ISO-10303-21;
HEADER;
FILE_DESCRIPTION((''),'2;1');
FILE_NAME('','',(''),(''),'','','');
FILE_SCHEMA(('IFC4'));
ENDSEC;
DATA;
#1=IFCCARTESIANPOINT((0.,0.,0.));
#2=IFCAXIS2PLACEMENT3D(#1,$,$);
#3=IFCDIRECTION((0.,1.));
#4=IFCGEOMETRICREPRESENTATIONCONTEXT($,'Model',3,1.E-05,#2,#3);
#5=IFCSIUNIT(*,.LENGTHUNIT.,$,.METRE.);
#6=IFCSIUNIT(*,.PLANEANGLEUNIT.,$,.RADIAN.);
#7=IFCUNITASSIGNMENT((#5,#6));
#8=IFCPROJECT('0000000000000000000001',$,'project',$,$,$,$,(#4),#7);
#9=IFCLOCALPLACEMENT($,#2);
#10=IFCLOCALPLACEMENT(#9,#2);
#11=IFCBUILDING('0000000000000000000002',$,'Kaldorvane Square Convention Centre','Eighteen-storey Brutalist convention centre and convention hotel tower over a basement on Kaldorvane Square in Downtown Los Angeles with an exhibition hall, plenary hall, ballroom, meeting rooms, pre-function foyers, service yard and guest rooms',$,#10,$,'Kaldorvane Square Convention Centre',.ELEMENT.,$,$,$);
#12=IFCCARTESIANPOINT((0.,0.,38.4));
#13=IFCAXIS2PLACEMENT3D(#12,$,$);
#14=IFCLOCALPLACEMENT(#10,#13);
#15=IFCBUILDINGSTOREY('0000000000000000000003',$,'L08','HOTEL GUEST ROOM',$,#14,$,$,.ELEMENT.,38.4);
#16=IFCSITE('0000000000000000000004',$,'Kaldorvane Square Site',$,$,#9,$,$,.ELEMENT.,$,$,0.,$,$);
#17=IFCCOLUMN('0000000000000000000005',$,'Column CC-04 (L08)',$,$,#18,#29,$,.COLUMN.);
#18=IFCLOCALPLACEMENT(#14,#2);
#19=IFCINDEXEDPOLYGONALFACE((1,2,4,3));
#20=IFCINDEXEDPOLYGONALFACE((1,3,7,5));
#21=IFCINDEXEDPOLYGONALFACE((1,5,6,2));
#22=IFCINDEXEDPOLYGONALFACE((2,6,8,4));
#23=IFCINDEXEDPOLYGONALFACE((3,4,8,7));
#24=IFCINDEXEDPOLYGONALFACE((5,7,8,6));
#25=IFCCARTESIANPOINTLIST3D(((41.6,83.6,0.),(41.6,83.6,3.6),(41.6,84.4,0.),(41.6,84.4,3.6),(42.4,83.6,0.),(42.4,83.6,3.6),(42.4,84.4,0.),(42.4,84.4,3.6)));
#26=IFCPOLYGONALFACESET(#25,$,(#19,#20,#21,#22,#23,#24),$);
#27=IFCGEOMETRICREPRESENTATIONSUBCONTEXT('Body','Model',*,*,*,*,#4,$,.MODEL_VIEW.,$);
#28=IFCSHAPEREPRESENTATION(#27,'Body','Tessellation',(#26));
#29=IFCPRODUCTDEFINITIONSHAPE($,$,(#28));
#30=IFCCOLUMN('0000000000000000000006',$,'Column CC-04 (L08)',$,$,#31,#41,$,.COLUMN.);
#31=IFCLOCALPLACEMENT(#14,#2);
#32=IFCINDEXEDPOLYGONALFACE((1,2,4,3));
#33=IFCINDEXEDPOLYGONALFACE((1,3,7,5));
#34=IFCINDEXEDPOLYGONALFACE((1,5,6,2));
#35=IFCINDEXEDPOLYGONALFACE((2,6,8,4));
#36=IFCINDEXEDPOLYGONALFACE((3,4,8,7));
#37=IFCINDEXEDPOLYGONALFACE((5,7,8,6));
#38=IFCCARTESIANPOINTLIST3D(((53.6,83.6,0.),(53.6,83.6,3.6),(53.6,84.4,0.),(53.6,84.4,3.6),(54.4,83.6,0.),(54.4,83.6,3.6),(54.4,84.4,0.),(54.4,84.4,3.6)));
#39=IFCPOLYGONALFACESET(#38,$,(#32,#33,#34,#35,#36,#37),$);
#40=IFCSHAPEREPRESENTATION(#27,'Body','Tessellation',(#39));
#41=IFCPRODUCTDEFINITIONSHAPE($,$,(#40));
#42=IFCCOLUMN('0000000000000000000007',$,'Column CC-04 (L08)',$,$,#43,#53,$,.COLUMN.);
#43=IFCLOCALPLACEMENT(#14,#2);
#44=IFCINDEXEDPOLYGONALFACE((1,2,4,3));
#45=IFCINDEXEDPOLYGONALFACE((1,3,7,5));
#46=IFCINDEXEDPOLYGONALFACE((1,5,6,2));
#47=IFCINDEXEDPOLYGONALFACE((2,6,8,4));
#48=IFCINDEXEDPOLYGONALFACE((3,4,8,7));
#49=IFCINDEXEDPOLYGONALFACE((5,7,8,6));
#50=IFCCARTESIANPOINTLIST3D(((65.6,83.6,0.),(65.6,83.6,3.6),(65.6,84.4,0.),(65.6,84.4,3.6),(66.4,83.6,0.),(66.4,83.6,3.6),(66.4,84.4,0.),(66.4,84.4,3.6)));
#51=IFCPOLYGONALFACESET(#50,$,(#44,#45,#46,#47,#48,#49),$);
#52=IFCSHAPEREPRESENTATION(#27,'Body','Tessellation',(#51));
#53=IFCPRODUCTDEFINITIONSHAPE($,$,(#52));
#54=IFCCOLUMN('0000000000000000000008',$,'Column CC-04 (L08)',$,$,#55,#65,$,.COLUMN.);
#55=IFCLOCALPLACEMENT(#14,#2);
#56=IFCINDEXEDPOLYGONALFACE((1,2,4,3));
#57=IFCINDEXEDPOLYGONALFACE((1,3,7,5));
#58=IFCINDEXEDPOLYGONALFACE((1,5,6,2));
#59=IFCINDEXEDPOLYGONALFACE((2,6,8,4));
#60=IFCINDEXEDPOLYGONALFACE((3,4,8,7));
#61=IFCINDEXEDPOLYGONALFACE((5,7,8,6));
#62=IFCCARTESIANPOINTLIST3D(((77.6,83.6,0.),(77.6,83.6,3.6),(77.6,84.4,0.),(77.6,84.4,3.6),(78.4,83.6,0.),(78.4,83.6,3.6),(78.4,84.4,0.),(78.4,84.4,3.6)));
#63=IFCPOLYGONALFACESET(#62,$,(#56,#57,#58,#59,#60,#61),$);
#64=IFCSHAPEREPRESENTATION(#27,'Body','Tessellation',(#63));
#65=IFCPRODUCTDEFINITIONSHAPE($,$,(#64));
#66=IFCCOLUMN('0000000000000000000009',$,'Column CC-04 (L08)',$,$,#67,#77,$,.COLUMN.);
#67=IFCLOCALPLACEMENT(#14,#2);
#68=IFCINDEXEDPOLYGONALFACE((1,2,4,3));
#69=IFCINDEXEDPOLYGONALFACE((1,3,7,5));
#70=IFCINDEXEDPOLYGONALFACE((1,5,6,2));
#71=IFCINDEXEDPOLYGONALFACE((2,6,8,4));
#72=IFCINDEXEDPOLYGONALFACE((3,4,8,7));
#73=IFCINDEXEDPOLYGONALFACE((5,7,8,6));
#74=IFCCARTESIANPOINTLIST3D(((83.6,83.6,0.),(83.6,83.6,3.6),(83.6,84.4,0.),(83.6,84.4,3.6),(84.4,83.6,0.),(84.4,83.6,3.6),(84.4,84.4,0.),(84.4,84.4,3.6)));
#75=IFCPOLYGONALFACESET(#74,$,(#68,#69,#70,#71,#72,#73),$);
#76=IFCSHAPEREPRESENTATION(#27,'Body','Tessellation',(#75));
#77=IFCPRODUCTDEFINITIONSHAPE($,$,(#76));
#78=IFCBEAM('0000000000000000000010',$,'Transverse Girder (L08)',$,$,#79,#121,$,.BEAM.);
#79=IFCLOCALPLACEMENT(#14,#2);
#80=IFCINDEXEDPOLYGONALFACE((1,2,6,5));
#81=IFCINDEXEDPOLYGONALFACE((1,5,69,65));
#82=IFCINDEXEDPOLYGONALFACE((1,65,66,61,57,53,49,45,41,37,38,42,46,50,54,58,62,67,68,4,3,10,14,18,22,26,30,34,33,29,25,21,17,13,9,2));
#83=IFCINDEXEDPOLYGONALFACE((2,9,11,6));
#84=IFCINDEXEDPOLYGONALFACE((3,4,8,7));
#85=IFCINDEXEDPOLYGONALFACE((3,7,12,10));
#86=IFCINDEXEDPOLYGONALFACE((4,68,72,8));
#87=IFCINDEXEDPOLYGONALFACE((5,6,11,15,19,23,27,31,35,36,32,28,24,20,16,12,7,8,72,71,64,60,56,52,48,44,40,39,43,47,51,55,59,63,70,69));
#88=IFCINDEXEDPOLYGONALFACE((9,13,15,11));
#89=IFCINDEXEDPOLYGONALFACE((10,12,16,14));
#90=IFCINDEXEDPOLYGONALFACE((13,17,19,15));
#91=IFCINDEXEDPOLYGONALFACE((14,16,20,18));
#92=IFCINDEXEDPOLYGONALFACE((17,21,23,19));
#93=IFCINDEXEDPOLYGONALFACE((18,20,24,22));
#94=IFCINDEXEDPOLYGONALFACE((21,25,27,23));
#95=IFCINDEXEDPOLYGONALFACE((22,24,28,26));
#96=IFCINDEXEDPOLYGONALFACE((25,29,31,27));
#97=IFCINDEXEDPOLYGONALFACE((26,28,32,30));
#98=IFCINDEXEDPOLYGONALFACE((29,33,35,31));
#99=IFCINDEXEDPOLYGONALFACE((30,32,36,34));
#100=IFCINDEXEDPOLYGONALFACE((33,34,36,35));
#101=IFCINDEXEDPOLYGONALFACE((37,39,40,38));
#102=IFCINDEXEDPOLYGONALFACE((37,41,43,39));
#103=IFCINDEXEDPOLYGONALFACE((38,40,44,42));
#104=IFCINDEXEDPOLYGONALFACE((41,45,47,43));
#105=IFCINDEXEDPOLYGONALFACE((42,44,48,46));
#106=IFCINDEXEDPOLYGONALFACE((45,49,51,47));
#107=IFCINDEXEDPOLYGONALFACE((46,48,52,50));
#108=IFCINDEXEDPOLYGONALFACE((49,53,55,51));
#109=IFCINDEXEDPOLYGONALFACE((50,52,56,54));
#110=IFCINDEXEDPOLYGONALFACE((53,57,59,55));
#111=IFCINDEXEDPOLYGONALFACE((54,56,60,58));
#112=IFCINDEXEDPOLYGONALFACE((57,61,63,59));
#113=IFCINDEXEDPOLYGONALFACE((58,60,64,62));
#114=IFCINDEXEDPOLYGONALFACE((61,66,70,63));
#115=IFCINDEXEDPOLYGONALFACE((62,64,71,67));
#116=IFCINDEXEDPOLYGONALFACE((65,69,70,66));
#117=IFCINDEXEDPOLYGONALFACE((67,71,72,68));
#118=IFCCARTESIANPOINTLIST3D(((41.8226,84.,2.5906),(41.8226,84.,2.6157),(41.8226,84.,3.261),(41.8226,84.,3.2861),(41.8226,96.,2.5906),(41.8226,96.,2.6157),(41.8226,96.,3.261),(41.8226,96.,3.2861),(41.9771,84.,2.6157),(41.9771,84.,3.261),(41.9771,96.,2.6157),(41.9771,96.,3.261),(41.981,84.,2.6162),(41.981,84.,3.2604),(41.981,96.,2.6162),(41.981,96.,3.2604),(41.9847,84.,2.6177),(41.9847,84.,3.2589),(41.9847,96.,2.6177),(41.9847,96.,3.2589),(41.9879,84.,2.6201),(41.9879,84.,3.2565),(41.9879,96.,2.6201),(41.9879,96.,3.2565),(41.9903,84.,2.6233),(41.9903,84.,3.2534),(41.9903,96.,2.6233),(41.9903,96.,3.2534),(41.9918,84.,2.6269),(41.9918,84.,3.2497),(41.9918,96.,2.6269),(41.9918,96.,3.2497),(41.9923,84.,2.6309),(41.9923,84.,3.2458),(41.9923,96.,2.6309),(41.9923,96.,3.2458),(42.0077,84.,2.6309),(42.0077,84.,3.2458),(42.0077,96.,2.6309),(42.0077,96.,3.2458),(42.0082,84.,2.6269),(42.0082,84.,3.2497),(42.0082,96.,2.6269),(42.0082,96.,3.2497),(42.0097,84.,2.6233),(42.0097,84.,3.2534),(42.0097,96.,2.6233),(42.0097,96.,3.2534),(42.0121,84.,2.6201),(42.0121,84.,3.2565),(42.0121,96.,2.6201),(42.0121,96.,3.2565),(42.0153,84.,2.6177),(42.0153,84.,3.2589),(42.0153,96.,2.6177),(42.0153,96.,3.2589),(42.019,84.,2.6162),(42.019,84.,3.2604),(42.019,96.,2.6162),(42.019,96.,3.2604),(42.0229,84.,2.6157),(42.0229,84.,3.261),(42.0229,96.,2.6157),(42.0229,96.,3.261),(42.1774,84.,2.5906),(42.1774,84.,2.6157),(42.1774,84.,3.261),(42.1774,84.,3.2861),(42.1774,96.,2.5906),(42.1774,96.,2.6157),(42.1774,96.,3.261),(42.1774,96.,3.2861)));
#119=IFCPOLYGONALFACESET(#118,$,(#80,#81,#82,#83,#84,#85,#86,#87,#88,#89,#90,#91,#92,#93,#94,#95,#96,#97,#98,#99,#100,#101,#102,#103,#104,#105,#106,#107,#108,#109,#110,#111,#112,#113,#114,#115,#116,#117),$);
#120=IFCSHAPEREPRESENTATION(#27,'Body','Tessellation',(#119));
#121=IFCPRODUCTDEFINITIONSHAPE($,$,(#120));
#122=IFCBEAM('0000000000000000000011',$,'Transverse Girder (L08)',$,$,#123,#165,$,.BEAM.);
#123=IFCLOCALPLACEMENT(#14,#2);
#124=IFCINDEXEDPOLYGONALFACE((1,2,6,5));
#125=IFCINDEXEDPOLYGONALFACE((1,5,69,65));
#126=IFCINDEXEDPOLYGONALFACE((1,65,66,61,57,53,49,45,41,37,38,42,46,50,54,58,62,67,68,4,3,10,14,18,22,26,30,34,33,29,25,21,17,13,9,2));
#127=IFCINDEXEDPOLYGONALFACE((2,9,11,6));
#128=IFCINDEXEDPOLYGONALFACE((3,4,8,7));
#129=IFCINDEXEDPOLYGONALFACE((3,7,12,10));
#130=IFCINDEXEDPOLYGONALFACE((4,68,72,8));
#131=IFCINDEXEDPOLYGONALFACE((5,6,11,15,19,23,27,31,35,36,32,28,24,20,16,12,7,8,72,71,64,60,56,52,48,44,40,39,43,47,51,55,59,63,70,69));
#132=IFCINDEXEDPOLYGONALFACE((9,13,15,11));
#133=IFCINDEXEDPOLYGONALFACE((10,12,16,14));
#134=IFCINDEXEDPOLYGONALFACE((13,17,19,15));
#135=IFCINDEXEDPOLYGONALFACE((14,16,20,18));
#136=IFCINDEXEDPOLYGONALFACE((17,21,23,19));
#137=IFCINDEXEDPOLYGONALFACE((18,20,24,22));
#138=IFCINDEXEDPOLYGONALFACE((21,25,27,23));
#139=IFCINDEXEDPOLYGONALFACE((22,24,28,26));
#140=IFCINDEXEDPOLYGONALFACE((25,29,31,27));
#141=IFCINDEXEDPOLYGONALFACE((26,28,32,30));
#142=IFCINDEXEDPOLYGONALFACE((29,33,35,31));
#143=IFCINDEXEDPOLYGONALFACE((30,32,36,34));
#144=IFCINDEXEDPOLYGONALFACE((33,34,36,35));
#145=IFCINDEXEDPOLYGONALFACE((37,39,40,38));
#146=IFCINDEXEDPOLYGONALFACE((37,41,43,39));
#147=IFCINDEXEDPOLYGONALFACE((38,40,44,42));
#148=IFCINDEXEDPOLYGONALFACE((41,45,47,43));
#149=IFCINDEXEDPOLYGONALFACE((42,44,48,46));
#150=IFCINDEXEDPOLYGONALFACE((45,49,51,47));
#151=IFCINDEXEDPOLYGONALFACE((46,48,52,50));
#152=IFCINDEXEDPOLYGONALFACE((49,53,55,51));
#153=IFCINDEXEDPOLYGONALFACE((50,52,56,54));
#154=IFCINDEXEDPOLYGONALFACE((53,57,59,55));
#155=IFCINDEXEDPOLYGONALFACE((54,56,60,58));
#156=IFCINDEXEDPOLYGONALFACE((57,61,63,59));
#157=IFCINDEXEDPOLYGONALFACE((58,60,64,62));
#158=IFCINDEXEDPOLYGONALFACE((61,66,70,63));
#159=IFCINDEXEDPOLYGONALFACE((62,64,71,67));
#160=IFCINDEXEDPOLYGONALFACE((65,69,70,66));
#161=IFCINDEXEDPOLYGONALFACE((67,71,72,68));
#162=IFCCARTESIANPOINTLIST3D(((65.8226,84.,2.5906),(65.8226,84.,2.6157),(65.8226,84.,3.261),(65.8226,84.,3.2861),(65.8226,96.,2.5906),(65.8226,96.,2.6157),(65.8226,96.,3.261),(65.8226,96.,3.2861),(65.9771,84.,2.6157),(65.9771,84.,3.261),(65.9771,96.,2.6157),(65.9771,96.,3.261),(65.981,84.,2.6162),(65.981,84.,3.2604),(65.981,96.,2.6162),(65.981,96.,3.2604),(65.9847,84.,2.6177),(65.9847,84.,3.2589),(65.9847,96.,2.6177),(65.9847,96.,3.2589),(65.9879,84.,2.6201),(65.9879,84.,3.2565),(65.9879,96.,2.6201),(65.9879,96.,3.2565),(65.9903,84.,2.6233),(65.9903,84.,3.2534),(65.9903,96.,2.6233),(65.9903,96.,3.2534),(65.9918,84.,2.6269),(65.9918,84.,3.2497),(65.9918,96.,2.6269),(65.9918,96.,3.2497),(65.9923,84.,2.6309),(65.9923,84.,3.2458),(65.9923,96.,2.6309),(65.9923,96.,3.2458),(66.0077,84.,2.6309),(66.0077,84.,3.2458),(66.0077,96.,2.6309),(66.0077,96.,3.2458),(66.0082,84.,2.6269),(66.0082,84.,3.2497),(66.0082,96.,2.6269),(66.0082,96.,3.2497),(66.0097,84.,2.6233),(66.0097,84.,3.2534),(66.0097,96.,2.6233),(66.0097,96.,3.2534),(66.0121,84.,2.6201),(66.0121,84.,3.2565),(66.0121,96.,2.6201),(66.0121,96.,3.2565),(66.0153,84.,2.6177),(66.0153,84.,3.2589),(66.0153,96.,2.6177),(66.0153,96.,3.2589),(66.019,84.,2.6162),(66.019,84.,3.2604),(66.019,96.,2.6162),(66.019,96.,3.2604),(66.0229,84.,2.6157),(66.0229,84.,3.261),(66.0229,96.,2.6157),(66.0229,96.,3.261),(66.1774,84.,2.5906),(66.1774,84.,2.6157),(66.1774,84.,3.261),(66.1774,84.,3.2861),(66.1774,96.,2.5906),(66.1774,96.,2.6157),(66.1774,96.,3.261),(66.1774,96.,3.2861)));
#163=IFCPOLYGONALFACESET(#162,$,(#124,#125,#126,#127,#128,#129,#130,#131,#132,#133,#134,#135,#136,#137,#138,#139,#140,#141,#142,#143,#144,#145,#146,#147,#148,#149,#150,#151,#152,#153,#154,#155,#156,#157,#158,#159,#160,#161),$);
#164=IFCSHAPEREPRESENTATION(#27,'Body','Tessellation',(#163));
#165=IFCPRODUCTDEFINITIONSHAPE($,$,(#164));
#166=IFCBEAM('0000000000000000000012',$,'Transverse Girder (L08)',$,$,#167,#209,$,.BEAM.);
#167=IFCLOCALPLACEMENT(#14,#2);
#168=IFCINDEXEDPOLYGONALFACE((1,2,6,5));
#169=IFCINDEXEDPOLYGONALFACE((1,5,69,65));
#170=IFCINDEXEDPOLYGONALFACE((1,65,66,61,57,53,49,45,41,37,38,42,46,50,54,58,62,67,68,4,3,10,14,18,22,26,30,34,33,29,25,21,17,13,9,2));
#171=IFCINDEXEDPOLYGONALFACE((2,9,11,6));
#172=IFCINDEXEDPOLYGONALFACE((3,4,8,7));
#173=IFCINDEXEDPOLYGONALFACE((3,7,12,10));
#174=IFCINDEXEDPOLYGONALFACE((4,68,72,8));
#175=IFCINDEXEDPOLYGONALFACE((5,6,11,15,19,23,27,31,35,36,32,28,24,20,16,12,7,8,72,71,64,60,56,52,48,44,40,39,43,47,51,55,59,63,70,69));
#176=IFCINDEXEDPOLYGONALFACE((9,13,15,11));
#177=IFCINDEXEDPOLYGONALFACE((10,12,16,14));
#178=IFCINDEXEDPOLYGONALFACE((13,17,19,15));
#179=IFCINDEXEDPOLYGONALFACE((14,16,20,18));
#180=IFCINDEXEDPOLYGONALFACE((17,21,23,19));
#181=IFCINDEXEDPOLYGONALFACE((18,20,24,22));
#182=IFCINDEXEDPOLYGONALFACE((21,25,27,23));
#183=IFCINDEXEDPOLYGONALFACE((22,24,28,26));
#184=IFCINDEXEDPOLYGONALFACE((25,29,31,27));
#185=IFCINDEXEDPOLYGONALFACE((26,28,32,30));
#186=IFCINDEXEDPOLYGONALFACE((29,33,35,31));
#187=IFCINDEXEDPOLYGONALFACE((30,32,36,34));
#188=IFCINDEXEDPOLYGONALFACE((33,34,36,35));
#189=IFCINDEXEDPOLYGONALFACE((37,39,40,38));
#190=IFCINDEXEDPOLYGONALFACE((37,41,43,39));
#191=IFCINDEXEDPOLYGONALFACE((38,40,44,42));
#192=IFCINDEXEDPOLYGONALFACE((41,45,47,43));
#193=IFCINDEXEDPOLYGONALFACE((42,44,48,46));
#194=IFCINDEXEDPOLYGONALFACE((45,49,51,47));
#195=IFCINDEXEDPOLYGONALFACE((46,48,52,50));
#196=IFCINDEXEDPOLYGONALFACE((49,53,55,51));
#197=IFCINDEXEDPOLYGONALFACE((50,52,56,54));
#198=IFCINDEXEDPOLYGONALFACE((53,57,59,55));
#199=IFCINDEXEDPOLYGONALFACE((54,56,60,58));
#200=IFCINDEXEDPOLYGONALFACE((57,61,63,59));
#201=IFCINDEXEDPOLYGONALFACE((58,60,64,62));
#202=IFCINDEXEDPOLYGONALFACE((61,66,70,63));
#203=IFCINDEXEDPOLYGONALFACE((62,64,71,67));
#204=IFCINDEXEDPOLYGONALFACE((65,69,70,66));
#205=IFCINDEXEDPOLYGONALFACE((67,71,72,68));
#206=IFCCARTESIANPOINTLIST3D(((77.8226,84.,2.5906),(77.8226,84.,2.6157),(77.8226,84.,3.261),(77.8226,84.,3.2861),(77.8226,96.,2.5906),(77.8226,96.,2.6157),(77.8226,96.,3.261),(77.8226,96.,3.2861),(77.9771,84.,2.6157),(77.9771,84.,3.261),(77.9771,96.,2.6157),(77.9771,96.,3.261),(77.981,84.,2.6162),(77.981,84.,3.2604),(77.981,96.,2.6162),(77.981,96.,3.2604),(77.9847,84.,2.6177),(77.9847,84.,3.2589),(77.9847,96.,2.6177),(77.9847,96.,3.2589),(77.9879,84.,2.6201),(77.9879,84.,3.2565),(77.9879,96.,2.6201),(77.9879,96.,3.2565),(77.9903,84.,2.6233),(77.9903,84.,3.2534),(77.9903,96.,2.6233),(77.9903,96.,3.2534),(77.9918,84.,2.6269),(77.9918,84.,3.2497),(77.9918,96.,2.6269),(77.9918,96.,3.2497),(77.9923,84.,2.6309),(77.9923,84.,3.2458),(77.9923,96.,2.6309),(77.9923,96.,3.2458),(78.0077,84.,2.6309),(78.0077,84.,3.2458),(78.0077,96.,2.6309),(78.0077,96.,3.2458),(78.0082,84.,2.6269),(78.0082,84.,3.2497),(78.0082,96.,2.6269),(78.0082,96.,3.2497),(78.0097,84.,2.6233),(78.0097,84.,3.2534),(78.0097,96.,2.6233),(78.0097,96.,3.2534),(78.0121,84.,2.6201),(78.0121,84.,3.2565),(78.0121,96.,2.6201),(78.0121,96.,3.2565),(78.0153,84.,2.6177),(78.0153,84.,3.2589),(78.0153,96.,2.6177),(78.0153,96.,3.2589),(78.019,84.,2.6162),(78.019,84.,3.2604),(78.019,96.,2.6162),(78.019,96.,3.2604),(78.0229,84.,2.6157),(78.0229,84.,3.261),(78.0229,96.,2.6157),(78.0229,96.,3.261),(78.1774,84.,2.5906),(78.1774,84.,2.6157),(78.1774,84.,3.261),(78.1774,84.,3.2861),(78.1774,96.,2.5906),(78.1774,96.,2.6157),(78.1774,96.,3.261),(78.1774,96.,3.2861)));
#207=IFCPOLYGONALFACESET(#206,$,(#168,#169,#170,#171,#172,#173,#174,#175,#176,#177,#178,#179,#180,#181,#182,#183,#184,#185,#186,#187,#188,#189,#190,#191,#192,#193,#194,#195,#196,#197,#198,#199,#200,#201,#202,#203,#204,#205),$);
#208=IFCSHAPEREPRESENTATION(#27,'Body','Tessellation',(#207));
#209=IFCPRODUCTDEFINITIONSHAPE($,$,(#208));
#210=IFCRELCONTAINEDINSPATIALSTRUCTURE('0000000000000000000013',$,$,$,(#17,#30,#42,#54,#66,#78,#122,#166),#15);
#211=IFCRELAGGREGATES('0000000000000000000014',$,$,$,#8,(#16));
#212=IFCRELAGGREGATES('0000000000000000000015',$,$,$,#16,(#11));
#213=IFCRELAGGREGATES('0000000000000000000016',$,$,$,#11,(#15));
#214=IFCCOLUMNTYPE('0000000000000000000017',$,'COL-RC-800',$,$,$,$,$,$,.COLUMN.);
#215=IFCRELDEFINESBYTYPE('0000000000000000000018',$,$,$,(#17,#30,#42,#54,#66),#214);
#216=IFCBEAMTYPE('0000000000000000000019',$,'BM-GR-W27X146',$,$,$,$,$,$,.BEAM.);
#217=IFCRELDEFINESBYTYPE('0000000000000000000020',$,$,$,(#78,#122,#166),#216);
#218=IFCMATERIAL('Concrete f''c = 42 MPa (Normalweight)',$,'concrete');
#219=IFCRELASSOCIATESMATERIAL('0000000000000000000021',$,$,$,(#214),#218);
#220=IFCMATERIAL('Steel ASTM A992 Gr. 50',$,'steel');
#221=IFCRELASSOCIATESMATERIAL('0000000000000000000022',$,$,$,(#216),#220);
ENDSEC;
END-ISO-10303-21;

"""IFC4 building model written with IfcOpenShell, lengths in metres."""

from ifc_helpers import new_model, si_unit, direction, frame, origin, origin_2d, place, context, subcontext, project, spatial, rectangle, i_section, extrude, material, material_profile, profile_set, type_object, element, save


model = new_model("IFC4")

# Units and contexts
model_context = context("Model", 3, precision=1e-05, world=origin(), true_north=direction((0.0, 1.0)))
body_context = subcontext(model_context, "Body", "Model", "MODEL_VIEW")
ifc_project = project(units=[si_unit("LENGTHUNIT", "METRE"), si_unit("PLANEANGLEUNIT", "RADIAN")], contexts=[model_context])

# Site, building, storey
site_placement = place(None, origin())
site = spatial("IfcSite", under=ifc_project, at=site_placement, Name="Kaldorvane Square Site", CompositionType="ELEMENT", RefElevation=0.0)
building_placement = place(site_placement, origin())
building = spatial("IfcBuilding", under=site, at=building_placement, Name="Kaldorvane Square Convention Centre", Description="Eighteen-storey Brutalist convention centre and convention hotel tower over a basement on Kaldorvane Square in Downtown Los Angeles with an exhibition hall, plenary hall, ballroom, meeting rooms, pre-function foyers, service yard and guest rooms", LongName="Kaldorvane Square Convention Centre", CompositionType="ELEMENT")
storey_placement = place(building_placement, frame((0.0, 0.0, 38.4)))
storey = spatial("IfcBuildingStorey", under=building, at=storey_placement, Name="L08", Description="HOTEL GUEST ROOM", CompositionType="ELEMENT", Elevation=38.4)

# Columns
ifc_material_1 = material(Name="Concrete f'c = 42 MPa (Normalweight)", Category="concrete")
ifc_material_profile_1 = material_profile(ifc_material_1, rectangle(XDim=0.8, YDim=0.8, at=origin_2d()), Name="RC800X800")
ifc_profile_set_1 = profile_set([ifc_material_profile_1], Name="Concrete f'c = 42 MPa (Normalweight)")
column_type = type_object("IfcColumnType", Name="COL-RC-800", PredefinedType="COLUMN", material=ifc_profile_set_1)
for number, where, z_axis, x_axis, name in (
    (1, (42.0, 84.0, 0.0), (0.0, 0.0, 1.0), (1.0, 0.0, 0.0), "Column CC-04 (L08)"),
    (2, (54.0, 84.0, 0.0), (0.0, 0.0, 1.0), (1.0, 0.0, 0.0), "Column CC-04 (L08)"),
    (3, (66.0, 84.0, 0.0), (0.0, 0.0, 1.0), (1.0, 0.0, 0.0), "Column CC-04 (L08)"),
    (4, (78.0, 84.0, 0.0), (0.0, 0.0, 1.0), (1.0, 0.0, 0.0), "Column CC-04 (L08)"),
    (5, (84.0, 84.0, 0.0), (0.0, 0.0, 1.0), (1.0, 0.0, 0.0), "Column CC-04 (L08)"),
):
    element("IfcColumn", number, at=place(storey_placement, frame(where, z_axis=z_axis, x_axis=x_axis)), inside=storey, type_object=column_type, Name=name, PredefinedType="COLUMN", context=body_context, shape_type="SweptSolid", body=[
        extrude(rectangle(XDim=0.8, YDim=0.8, at=origin_2d()), origin(), (0.0, 0.0, 1.0), 3.6),
    ])

# Beams
ifc_material_2 = material(Name="Steel ASTM A992 Gr. 50", Category="steel")
ifc_material_profile_2 = material_profile(ifc_material_2, i_section(OverallWidth=0.3547, OverallDepth=0.6955, WebThickness=0.0154, FlangeThickness=0.0251, FilletRadius=0.0152, at=origin_2d()), Name="W27X146")
ifc_profile_set_2 = profile_set([ifc_material_profile_2], Name="Steel ASTM A992 Gr. 50")
beam_type_1 = type_object("IfcBeamType", Name="BM-GR-W27X146", PredefinedType="BEAM", material=ifc_profile_set_2)
for number, where, z_axis, x_axis, name in (
    (6, (42.0, 84.0, 2.9383), (0.0, 1.0, 0.0), (-1.0, 0.0, 0.0), "Transverse Girder (L08)"),
    (7, (66.0, 84.0, 2.9383), (0.0, 1.0, 0.0), (-1.0, 0.0, 0.0), "Transverse Girder (L08)"),
    (8, (78.0, 84.0, 2.9383), (0.0, 1.0, 0.0), (-1.0, 0.0, 0.0), "Transverse Girder (L08)"),
):
    element("IfcBeam", number, at=place(storey_placement, frame(where, z_axis=z_axis, x_axis=x_axis)), inside=storey, type_object=beam_type_1, Name=name, PredefinedType="BEAM", context=body_context, shape_type="SweptSolid", body=[
        extrude(i_section(OverallWidth=0.3547, OverallDepth=0.6955, WebThickness=0.0154, FlangeThickness=0.0251, FilletRadius=0.0152, at=origin_2d()), origin(), (0.0, 0.0, 1.0), 12.0),
    ])

save(model, "model.ifc")
